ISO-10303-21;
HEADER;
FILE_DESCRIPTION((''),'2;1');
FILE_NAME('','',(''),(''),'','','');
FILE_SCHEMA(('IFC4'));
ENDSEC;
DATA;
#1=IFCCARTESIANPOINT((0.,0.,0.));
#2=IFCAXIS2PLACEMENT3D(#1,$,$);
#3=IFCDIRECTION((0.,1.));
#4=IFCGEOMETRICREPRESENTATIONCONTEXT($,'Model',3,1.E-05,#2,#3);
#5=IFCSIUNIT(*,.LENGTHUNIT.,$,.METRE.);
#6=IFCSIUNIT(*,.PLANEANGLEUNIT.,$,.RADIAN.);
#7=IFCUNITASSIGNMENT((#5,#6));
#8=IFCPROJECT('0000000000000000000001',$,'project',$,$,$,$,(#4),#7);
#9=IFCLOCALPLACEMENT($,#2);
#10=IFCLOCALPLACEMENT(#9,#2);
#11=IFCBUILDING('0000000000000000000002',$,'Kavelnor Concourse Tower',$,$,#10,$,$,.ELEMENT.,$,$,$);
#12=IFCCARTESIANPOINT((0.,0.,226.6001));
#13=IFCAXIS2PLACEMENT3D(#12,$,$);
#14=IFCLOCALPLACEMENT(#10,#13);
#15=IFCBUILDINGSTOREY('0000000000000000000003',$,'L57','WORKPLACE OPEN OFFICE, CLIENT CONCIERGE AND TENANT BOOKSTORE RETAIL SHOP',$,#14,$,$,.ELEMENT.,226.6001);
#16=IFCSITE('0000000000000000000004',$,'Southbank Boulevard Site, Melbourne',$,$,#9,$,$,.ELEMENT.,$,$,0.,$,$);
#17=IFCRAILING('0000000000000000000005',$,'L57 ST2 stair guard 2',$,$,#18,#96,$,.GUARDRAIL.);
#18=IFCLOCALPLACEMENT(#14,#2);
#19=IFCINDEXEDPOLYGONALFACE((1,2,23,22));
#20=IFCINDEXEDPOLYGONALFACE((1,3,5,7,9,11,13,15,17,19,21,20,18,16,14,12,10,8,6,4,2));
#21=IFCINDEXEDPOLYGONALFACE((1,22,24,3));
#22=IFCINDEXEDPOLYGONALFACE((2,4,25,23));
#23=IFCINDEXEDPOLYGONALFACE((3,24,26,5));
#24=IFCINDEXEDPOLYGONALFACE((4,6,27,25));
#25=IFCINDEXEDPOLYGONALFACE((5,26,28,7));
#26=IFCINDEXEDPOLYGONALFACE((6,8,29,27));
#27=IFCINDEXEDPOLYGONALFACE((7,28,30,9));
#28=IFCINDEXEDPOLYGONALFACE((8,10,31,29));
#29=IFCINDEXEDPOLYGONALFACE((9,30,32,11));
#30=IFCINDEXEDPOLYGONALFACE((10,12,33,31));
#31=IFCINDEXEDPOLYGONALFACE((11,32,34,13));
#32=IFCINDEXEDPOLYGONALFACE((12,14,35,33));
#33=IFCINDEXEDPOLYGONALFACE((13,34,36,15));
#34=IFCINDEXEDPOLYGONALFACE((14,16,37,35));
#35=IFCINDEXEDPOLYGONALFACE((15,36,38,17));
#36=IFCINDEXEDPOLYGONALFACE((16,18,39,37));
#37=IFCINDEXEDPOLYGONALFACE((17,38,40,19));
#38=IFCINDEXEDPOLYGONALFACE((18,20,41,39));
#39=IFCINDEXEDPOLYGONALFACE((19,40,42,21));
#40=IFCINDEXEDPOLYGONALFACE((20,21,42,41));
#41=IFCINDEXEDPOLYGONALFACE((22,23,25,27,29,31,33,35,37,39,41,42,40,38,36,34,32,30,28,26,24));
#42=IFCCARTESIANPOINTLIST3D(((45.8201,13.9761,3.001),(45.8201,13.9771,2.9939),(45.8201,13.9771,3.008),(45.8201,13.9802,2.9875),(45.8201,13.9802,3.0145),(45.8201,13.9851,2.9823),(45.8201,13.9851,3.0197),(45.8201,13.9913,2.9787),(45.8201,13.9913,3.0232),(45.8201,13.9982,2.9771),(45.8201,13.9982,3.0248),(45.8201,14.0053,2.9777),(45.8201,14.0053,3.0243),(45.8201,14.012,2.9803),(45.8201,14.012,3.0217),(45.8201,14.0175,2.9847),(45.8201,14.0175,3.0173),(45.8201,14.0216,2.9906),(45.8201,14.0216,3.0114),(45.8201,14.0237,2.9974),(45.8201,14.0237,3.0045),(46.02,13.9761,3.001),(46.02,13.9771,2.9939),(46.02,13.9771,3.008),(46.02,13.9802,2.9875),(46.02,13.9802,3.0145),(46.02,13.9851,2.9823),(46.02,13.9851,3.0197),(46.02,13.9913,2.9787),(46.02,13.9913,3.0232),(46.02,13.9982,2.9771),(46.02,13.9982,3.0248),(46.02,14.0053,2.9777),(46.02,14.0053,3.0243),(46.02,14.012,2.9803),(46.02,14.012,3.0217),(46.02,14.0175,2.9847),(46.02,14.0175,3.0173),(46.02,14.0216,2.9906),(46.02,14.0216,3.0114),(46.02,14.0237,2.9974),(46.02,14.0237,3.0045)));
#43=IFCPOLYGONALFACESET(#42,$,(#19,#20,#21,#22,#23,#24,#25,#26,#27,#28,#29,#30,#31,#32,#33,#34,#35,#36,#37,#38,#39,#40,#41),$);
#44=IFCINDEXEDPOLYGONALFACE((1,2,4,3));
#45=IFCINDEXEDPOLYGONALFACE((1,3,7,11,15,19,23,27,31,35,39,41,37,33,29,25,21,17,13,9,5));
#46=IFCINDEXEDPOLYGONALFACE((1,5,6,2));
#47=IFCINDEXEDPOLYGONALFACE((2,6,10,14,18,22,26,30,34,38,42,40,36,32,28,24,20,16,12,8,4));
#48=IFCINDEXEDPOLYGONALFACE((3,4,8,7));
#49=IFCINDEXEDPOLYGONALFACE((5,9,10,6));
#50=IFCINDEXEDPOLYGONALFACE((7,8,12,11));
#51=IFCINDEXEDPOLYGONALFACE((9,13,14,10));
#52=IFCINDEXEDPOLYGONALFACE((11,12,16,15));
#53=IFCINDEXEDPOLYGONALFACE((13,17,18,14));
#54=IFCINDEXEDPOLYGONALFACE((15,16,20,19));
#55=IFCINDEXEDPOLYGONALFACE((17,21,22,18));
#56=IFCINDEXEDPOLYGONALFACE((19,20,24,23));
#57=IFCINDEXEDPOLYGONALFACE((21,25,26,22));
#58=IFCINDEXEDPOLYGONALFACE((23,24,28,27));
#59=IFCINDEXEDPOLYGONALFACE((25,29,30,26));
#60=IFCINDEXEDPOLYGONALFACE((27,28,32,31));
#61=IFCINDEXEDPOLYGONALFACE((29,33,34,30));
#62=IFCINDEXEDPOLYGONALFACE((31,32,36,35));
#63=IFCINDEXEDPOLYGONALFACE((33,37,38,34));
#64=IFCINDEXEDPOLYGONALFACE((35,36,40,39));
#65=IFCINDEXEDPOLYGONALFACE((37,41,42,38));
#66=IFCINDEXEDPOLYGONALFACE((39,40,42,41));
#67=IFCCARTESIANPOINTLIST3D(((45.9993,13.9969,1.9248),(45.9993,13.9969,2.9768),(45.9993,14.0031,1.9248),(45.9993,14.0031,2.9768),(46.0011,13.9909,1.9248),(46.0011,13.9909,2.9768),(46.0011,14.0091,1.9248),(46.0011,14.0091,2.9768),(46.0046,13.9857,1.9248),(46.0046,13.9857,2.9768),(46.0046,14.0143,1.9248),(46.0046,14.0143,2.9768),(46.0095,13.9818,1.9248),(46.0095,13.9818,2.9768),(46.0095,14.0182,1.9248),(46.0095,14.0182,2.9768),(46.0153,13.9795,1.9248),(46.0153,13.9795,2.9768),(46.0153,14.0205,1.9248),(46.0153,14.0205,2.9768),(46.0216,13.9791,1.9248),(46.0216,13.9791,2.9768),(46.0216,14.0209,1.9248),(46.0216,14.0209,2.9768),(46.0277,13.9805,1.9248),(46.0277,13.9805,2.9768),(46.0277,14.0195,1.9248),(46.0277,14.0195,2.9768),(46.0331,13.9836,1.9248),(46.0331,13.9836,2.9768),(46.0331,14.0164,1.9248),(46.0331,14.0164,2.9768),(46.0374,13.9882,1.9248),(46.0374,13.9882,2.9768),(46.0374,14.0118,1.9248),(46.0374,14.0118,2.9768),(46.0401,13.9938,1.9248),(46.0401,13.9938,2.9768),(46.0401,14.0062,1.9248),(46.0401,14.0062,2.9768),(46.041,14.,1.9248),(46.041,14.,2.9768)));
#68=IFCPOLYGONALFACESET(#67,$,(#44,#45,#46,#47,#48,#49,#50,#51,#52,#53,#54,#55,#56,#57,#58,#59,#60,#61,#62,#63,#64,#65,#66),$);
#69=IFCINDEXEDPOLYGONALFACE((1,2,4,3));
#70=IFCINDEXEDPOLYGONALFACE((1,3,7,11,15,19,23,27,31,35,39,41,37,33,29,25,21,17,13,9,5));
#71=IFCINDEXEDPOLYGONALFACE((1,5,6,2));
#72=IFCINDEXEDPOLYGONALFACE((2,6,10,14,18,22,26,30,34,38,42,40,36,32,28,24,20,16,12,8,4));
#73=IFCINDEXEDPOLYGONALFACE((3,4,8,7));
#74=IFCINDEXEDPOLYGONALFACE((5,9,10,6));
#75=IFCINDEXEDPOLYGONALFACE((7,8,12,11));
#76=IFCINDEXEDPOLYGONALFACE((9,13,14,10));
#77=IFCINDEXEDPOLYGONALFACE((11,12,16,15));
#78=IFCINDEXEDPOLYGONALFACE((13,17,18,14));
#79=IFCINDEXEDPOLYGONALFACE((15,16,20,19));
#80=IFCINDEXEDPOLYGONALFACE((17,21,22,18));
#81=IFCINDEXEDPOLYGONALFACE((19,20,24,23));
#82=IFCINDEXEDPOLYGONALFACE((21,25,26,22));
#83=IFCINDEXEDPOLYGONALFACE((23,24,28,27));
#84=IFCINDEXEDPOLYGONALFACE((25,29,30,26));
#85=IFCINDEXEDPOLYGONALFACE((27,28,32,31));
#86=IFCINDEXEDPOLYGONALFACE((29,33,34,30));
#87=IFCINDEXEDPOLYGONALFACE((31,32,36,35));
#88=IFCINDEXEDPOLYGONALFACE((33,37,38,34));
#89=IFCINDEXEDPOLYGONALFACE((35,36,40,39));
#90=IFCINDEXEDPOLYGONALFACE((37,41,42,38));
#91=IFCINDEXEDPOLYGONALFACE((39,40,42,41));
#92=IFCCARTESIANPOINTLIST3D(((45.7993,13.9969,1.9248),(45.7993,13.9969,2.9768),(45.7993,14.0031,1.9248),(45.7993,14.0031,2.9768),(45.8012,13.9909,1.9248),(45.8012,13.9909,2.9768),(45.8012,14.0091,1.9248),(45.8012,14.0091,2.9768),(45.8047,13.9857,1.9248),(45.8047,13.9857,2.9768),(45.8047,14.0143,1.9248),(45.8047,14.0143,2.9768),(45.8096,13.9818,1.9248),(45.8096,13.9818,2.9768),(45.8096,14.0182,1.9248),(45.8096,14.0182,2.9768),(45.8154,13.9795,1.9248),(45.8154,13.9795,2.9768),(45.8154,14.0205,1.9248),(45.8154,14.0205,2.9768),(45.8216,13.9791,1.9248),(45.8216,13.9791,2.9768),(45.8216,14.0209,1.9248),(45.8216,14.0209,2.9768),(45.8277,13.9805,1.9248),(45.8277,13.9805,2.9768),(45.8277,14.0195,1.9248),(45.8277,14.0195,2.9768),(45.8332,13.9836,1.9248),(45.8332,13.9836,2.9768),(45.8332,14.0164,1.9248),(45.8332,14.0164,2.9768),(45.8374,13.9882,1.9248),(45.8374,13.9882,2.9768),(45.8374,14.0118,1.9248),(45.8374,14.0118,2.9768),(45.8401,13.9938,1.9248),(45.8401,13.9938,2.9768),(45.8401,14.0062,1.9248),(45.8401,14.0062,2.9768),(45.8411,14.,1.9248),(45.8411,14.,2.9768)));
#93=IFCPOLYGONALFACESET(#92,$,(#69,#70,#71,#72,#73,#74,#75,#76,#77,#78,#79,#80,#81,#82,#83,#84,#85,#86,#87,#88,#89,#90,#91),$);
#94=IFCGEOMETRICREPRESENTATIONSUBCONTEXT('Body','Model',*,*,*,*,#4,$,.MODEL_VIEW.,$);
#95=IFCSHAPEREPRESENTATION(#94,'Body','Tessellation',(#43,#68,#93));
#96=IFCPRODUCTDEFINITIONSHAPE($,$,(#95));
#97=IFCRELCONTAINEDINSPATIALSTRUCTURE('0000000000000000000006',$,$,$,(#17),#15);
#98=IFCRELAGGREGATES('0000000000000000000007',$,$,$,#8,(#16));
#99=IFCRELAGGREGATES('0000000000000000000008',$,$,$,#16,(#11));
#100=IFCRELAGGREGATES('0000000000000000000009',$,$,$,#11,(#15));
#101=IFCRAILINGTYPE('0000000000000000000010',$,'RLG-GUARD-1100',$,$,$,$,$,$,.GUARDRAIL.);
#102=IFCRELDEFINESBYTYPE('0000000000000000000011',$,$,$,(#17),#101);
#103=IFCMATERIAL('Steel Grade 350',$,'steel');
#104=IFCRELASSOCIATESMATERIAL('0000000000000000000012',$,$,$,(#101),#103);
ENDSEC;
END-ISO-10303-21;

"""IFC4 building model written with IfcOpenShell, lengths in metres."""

from ifc_helpers import new_model, si_unit, direction, frame, origin, origin_2d, place, context, subcontext, project, spatial, circle, extrude, material, type_object, element, save


model = new_model("IFC4")

# Units and contexts
model_context = context("Model", 3, precision=1e-05, world=origin(), true_north=direction((0.0, 1.0)))
body_context = subcontext(model_context, "Body", "Model", "MODEL_VIEW")
ifc_project = project(units=[si_unit("LENGTHUNIT", "METRE"), si_unit("PLANEANGLEUNIT", "RADIAN")], contexts=[model_context])

# Site, building, storey
site_placement = place(None, origin())
site = spatial("IfcSite", under=ifc_project, at=site_placement, Name="Southbank Boulevard Site, Melbourne", CompositionType="ELEMENT", RefElevation=0.0)
building_placement = place(site_placement, origin())
building = spatial("IfcBuilding", under=site, at=building_placement, Name="Kavelnor Concourse Tower", CompositionType="ELEMENT")
storey_placement = place(building_placement, frame((0.0, 0.0, 226.6001)))
storey = spatial("IfcBuildingStorey", under=building, at=storey_placement, Name="L57", Description="WORKPLACE OPEN OFFICE, CLIENT CONCIERGE AND TENANT BOOKSTORE RETAIL SHOP", CompositionType="ELEMENT", Elevation=226.6001)

# Shared definitions
ifc_material_1 = material(Name="Steel Grade 350", Category="steel")

# Railing
railing_type_1 = type_object("IfcRailingType", Name="RLG-GUARD-1100", PredefinedType="GUARDRAIL", material=ifc_material_1)
railing_1_placement = place(storey_placement, frame((46.02, 14.0, 1.9248)))
element("IfcRailing", 1, at=railing_1_placement, inside=storey, type_object=railing_type_1, Name="L57 ST2 stair guard 2", PredefinedType="GUARDRAIL", context=body_context, shape_type="SweptSolid", body=[
    extrude(circle(Radius=0.0239, at=origin_2d()), frame((0.0, 0.0, 1.0762), z_axis=(-1.0, 0.0, 0.0), x_axis=(0.0, -1.0, 0.0)), (0.0, 0.0, 1.0), 0.2),
    extrude(circle(Radius=0.021, at=origin_2d()), origin(), (0.0, 0.0, 1.0), 1.052),
    extrude(circle(Radius=0.021, at=origin_2d()), frame((-0.2, 0.0, 0.0)), (0.0, 0.0, 1.0), 1.052),
])

save(model, "model.ifc")
